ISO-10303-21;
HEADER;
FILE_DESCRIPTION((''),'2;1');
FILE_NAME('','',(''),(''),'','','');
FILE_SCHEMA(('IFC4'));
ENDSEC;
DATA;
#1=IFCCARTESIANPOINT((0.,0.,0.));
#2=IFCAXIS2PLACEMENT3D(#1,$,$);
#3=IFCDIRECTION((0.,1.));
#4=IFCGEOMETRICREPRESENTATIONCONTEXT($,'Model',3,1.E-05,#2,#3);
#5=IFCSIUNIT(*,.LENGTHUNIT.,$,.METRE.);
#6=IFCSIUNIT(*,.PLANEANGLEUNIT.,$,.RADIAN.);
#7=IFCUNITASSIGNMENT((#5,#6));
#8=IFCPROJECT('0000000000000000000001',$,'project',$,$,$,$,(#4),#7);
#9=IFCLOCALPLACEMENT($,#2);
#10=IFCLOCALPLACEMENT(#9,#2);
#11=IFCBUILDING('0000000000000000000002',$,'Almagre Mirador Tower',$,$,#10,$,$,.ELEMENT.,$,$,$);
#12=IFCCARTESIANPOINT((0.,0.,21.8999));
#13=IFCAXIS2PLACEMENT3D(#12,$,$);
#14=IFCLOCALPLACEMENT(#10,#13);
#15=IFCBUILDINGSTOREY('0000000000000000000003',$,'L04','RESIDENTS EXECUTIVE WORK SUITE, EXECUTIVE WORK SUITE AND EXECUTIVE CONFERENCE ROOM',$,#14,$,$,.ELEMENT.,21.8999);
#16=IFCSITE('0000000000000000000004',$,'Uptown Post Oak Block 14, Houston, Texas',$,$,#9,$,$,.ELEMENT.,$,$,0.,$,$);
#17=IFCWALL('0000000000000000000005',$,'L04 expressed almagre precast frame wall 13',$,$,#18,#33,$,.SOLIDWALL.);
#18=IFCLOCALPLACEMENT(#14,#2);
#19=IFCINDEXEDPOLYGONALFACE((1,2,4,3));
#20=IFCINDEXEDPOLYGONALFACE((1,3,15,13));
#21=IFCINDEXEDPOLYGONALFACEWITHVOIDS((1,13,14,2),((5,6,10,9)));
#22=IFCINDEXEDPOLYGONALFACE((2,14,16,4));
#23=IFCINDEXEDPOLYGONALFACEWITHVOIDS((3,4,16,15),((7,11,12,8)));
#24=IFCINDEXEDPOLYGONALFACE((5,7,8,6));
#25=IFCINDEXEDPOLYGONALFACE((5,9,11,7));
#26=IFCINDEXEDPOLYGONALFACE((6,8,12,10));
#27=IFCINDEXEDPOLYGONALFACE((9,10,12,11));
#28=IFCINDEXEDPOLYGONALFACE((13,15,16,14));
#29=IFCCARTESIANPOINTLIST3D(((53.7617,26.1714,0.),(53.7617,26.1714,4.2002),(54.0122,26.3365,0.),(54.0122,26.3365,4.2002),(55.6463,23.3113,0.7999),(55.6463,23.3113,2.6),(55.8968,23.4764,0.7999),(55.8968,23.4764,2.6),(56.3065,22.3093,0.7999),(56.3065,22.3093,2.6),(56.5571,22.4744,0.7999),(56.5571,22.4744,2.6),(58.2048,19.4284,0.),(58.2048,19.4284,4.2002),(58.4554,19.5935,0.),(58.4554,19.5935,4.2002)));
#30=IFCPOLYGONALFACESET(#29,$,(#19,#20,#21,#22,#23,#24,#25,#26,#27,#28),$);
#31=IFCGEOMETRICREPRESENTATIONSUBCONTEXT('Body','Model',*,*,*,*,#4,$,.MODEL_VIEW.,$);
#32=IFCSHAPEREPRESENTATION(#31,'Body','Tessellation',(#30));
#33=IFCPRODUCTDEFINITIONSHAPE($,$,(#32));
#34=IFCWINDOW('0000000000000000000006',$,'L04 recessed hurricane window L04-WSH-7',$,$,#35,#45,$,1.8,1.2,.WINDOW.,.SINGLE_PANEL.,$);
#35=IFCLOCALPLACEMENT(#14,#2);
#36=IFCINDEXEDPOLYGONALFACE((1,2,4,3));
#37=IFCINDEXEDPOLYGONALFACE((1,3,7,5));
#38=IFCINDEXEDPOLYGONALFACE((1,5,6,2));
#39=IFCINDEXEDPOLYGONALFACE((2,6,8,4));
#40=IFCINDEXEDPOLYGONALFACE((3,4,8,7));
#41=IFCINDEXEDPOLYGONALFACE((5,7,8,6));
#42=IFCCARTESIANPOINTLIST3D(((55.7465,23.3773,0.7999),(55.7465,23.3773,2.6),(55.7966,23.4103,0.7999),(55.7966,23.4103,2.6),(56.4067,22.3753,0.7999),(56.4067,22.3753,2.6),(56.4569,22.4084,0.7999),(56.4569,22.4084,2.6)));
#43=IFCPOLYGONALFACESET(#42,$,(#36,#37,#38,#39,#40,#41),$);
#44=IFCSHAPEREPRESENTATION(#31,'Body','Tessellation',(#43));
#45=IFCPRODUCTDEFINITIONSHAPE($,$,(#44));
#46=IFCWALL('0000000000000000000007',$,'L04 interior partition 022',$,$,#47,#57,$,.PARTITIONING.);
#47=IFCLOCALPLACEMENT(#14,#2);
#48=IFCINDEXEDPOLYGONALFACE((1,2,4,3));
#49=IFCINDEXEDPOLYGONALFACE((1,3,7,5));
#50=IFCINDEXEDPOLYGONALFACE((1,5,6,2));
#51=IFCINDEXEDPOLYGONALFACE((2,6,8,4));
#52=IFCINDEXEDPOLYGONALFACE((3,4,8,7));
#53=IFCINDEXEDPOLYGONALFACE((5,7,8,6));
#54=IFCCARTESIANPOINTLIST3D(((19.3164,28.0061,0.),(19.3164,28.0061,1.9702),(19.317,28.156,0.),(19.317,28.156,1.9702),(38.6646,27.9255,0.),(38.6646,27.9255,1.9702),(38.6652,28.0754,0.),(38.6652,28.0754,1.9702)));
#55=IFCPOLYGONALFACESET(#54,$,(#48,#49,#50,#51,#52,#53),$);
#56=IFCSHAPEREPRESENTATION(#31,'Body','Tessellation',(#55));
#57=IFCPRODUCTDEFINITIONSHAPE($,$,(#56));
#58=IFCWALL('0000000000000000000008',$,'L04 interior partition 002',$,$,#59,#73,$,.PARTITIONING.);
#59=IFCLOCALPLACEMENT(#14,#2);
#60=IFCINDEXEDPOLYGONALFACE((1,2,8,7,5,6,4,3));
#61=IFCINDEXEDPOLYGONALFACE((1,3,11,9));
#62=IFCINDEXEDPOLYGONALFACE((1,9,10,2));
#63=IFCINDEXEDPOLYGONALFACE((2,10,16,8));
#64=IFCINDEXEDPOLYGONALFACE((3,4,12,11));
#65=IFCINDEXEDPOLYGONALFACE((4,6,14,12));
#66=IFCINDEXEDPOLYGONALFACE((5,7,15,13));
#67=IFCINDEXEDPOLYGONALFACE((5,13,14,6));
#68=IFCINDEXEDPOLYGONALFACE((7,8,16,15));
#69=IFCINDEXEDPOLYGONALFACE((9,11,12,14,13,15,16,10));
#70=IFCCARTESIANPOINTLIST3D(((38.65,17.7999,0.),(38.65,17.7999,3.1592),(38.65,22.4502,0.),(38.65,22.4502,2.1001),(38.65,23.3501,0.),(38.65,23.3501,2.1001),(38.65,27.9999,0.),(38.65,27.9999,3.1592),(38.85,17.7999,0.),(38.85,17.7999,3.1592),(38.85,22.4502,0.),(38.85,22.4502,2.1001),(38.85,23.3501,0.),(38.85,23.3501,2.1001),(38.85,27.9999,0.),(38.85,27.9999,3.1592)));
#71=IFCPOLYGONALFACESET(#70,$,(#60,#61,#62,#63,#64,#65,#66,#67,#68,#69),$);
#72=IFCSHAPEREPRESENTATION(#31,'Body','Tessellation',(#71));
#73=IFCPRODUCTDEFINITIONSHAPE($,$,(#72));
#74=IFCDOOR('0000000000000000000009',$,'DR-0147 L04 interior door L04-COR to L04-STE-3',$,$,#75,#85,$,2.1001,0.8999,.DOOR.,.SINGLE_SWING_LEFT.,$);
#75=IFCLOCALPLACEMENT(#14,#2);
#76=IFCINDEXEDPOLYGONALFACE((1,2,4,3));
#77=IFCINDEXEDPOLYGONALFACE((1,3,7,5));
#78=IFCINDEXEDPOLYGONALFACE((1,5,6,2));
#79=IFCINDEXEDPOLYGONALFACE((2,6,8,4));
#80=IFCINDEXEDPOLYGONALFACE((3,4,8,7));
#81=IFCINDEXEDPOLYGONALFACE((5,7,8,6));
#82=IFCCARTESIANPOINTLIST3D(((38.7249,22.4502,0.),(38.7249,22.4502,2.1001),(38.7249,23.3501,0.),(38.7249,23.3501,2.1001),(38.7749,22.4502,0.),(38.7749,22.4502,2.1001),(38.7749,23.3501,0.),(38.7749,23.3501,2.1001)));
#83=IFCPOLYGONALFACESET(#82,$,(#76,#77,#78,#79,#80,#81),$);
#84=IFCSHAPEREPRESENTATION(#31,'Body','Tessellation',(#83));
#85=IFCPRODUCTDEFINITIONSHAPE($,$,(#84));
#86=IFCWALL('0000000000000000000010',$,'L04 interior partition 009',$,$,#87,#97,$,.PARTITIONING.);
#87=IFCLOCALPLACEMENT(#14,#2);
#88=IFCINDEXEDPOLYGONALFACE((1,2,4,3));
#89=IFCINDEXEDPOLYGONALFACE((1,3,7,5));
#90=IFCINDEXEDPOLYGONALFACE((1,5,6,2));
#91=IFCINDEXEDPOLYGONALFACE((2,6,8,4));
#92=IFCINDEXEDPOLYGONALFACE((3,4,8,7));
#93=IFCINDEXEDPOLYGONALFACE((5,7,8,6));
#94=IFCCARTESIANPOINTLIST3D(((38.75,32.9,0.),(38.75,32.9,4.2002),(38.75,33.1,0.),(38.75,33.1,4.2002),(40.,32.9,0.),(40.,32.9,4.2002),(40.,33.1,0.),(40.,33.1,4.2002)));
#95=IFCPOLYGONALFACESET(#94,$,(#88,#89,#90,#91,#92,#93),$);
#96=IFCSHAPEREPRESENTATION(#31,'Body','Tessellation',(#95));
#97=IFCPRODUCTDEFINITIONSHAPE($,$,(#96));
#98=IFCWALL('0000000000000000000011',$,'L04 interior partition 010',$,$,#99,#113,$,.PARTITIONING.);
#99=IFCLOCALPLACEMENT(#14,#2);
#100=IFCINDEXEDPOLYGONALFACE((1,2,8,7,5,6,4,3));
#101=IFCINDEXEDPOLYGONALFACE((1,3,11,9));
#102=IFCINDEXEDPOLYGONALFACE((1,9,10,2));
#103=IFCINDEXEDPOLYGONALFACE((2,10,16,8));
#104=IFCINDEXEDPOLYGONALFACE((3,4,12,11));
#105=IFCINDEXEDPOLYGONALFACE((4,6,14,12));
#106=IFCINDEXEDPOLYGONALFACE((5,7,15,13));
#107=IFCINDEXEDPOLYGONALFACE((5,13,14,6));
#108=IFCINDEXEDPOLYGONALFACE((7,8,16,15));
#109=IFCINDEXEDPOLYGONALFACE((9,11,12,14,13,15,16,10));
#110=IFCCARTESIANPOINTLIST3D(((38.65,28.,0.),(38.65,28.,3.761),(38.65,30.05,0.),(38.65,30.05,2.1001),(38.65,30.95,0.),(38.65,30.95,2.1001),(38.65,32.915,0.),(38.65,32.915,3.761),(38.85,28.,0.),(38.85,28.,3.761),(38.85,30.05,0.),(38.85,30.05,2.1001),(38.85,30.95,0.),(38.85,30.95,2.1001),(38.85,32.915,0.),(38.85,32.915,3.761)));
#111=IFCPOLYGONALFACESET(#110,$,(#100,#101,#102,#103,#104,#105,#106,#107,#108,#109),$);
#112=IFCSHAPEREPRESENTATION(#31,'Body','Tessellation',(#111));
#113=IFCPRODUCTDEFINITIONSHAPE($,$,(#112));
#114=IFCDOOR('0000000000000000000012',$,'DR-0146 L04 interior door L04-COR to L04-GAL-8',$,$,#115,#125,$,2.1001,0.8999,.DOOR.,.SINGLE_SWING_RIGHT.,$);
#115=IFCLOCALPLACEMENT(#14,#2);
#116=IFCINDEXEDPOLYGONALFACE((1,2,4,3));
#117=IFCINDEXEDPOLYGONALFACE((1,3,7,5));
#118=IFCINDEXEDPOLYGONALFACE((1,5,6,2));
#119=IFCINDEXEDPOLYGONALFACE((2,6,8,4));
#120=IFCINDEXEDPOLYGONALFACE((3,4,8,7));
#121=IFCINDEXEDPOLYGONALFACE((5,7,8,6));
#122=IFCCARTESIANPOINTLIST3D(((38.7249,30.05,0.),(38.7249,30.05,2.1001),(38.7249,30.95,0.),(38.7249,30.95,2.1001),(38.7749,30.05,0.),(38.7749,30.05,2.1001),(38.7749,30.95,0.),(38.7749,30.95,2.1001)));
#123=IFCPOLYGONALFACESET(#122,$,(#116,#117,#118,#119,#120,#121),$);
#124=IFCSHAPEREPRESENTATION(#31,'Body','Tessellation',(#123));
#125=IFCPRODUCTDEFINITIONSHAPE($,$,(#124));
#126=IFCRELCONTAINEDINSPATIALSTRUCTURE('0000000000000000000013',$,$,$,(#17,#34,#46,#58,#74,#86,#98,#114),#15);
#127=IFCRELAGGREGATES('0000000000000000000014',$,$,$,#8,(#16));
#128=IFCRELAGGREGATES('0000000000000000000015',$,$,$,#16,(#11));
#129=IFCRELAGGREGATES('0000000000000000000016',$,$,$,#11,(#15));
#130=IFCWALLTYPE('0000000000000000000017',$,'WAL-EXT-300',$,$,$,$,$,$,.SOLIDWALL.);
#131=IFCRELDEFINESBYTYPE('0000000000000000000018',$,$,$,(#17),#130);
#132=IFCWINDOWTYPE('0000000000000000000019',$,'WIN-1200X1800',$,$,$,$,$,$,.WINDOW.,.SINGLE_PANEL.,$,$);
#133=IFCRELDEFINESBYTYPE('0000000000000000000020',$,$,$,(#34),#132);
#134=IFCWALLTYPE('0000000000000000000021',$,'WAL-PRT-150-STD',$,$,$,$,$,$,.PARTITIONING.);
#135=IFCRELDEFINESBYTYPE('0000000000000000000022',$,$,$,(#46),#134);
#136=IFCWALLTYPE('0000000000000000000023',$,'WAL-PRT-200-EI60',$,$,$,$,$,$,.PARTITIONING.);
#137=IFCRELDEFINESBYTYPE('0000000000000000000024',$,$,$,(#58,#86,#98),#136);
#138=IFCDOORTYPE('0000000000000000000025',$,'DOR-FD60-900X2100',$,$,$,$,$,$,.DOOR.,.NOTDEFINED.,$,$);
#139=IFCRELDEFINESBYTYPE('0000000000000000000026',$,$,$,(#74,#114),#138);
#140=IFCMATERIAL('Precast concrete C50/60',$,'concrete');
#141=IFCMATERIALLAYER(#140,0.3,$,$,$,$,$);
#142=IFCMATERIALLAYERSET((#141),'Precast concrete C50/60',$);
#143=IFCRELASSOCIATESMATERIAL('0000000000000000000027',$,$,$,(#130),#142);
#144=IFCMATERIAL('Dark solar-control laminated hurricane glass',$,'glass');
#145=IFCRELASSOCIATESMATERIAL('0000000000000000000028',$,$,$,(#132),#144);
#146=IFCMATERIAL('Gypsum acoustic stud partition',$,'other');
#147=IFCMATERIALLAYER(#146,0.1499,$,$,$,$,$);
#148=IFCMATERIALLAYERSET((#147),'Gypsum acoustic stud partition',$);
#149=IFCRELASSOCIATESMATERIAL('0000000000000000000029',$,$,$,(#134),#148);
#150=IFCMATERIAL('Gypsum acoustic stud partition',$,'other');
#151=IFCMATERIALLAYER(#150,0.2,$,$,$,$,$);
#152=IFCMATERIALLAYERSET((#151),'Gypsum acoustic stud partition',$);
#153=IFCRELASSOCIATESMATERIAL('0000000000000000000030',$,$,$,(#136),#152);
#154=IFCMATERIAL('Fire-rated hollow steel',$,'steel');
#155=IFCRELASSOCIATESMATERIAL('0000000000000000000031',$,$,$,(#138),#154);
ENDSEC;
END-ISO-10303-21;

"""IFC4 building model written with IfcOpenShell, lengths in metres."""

from ifc_helpers import new_model, si_unit, direction, frame, frame_2d, origin, place, context, subcontext, project, spatial, rectangle, extrude, material, layer, layer_set, type_object, element, fill, save


model = new_model("IFC4")

# Units and contexts
model_context = context("Model", 3, precision=1e-05, world=origin(), true_north=direction((0.0, 1.0)))
body_context = subcontext(model_context, "Body", "Model", "MODEL_VIEW")
ifc_project = project(units=[si_unit("LENGTHUNIT", "METRE"), si_unit("PLANEANGLEUNIT", "RADIAN")], contexts=[model_context])

# Site, building, storey
site_placement = place(None, origin())
site = spatial("IfcSite", under=ifc_project, at=site_placement, Name="Uptown Post Oak Block 14, Houston, Texas", CompositionType="ELEMENT", RefElevation=0.0)
building_placement = place(site_placement, origin())
building = spatial("IfcBuilding", under=site, at=building_placement, Name="Almagre Mirador Tower", CompositionType="ELEMENT")
storey_placement = place(building_placement, frame((0.0, 0.0, 21.8999)))
storey = spatial("IfcBuildingStorey", under=building, at=storey_placement, Name="L04", Description="RESIDENTS EXECUTIVE WORK SUITE, EXECUTIVE WORK SUITE AND EXECUTIVE CONFERENCE ROOM", CompositionType="ELEMENT", Elevation=21.8999)

# Wall, opening, window
ifc_material_1 = material(Name="Precast concrete C50/60", Category="concrete")
ifc_layer_1 = layer(ifc_material_1, 0.3)
ifc_layer_set_1 = layer_set([ifc_layer_1], Name="Precast concrete C50/60")
wall_type_1 = type_object("IfcWallType", Name="WAL-EXT-300", PredefinedType="SOLIDWALL", material=ifc_layer_set_1)
ifc_material_2 = material(Name="Dark solar-control laminated hurricane glass", Category="glass")
window_type_1 = type_object("IfcWindowType", Name="WIN-1200X1800", PartitioningType="SINGLE_PANEL", PredefinedType="WINDOW", material=ifc_material_2)
wall_1_placement = place(storey_placement, frame((53.887, 26.2539, 0.0), z_axis=(0.0, 0.0, 1.0), x_axis=(0.55022, -0.83502, 0.0)))
wall_1 = element("IfcWall", 1, at=wall_1_placement, inside=storey, type_object=wall_type_1, Name="L04 expressed almagre precast frame wall 13", PredefinedType="SOLIDWALL", context=body_context, shape_type="SweptSolid", body=[
    extrude(rectangle(XDim=8.0752, YDim=0.3, at=frame_2d((4.0376, 0.0))), origin(), (0.0, 0.0, 1.0), 4.2002),
])
opening_1_placement = place(wall_1_placement, frame((3.425, 0.0, 0.8)))
opening_1 = element("IfcOpeningElement", 2, at=opening_1_placement, cuts=wall_1, PredefinedType="OPENING", context=body_context, shape_type="SweptSolid", body=[
    extrude(rectangle(XDim=1.2, YDim=1.8, at=frame_2d((0.6001, 0.8999))), frame((0.0, 0.1599, 0.0), z_axis=(0.0, -1.0, 0.0), x_axis=(1.0, 0.0, 0.0)), (0.0, 0.0, 1.0), 0.32),
])
window_1_placement = place(opening_1_placement, origin())
window_1 = element("IfcWindow", 3, at=window_1_placement, inside=storey, type_object=window_type_1, Name="L04 recessed hurricane window L04-WSH-7", OverallHeight=1.8, OverallWidth=1.2, PartitioningType="SINGLE_PANEL", PredefinedType="WINDOW", context=body_context, shape_type="SweptSolid", body=[
    extrude(rectangle(XDim=1.2, YDim=1.8, at=frame_2d((0.6001, 0.8999))), frame((0.0, 0.03, 0.0), z_axis=(0.0, -1.0, 0.0), x_axis=(1.0, 0.0, 0.0)), (0.0, 0.0, 1.0), 0.0601),
])
fill(opening_1, window_1)

# Wall
ifc_material_3 = material(Name="Gypsum acoustic stud partition", Category="other")
ifc_layer_2 = layer(ifc_material_3, 0.1499)
ifc_layer_set_2 = layer_set([ifc_layer_2], Name="Gypsum acoustic stud partition")
wall_type_2 = type_object("IfcWallType", Name="WAL-PRT-150-STD", PredefinedType="PARTITIONING", material=ifc_layer_set_2)
wall_2_placement = place(storey_placement, frame((38.665, 28.0005, 0.0), z_axis=(0.0, 0.0, 1.0), x_axis=(-0.999991, 0.004164, 0.0)))
element("IfcWall", 4, at=wall_2_placement, inside=storey, type_object=wall_type_2, Name="L04 interior partition 022", PredefinedType="PARTITIONING", context=body_context, shape_type="SweptSolid", body=[
    extrude(rectangle(XDim=19.3484, YDim=0.1499, at=frame_2d((9.6743, 0.0))), origin(), (0.0, 0.0, 1.0), 1.9702),
])

# Wall, opening, door
ifc_material_4 = material(Name="Gypsum acoustic stud partition", Category="other")
ifc_layer_3 = layer(ifc_material_4, 0.2)
ifc_layer_set_3 = layer_set([ifc_layer_3], Name="Gypsum acoustic stud partition")
wall_type_3 = type_object("IfcWallType", Name="WAL-PRT-200-EI60", PredefinedType="PARTITIONING", material=ifc_layer_set_3)
wall_3_placement = place(storey_placement, frame((38.75, 28.0, 0.0), z_axis=(0.0, 0.0, 1.0), x_axis=(0.0, -1.0, 0.0)))
wall_3 = element("IfcWall", 5, at=wall_3_placement, inside=storey, type_object=wall_type_3, Name="L04 interior partition 002", PredefinedType="PARTITIONING", context=body_context, shape_type="SweptSolid", body=[
    extrude(rectangle(XDim=10.2, YDim=0.2, at=frame_2d((5.1001, 0.0))), origin(), (0.0, 0.0, 1.0), 3.1592),
])
opening_2_placement = place(wall_3_placement, frame((4.6499, 0.0, 0.0)))
opening_2 = element("IfcOpeningElement", 6, at=opening_2_placement, cuts=wall_3, PredefinedType="OPENING", context=body_context, shape_type="SweptSolid", body=[
    extrude(rectangle(XDim=0.8999, YDim=2.1001, at=frame_2d((0.45, 1.05))), frame((0.0, 0.1101, 0.0), z_axis=(0.0, -1.0, 0.0), x_axis=(1.0, 0.0, 0.0)), (0.0, 0.0, 1.0), 0.22),
])
ifc_material_5 = material(Name="Fire-rated hollow steel", Category="steel")
door_type = type_object("IfcDoorType", Name="DOR-FD60-900X2100", OperationType="NOTDEFINED", PredefinedType="DOOR", material=ifc_material_5)
door_1_placement = place(opening_2_placement, origin())
door_1 = element("IfcDoor", 7, at=door_1_placement, inside=storey, type_object=door_type, Name="DR-0147 L04 interior door L04-COR to L04-STE-3", OperationType="SINGLE_SWING_LEFT", OverallHeight=2.1001, OverallWidth=0.8999, PredefinedType="DOOR", context=body_context, shape_type="SweptSolid", body=[
    extrude(rectangle(XDim=0.8999, YDim=2.1001, at=frame_2d((0.45, 1.05))), frame((0.0, 0.0249, 0.0), z_axis=(0.0, -1.0, 0.0), x_axis=(1.0, 0.0, 0.0)), (0.0, 0.0, 1.0), 0.05),
])
fill(opening_2, door_1)

# Wall
wall_4_placement = place(storey_placement, frame((40.0, 33.0, 0.0), z_axis=(0.0, 0.0, 1.0), x_axis=(-1.0, 0.0, 0.0)))
element("IfcWall", 8, at=wall_4_placement, inside=storey, type_object=wall_type_3, Name="L04 interior partition 009", PredefinedType="PARTITIONING", context=body_context, shape_type="SweptSolid", body=[
    extrude(rectangle(XDim=1.25, YDim=0.2, at=frame_2d((0.625, 0.0))), origin(), (0.0, 0.0, 1.0), 4.2002),
])

# Wall, opening, door
wall_5_placement = place(storey_placement, frame((38.75, 32.915, 0.0), z_axis=(0.0, 0.0, 1.0), x_axis=(0.0, -1.0, 0.0)))
wall_5 = element("IfcWall", 9, at=wall_5_placement, inside=storey, type_object=wall_type_3, Name="L04 interior partition 010", PredefinedType="PARTITIONING", context=body_context, shape_type="SweptSolid", body=[
    extrude(rectangle(XDim=4.915, YDim=0.2, at=frame_2d((2.4575, 0.0))), origin(), (0.0, 0.0, 1.0), 3.761),
])
opening_3_placement = place(wall_5_placement, frame((1.9651, 0.0, 0.0)))
opening_3 = element("IfcOpeningElement", 10, at=opening_3_placement, cuts=wall_5, PredefinedType="OPENING", context=body_context, shape_type="SweptSolid", body=[
    extrude(rectangle(XDim=0.8999, YDim=2.1001, at=frame_2d((0.45, 1.05))), frame((0.0, 0.1101, 0.0), z_axis=(0.0, -1.0, 0.0), x_axis=(1.0, 0.0, 0.0)), (0.0, 0.0, 1.0), 0.22),
])
door_2_placement = place(opening_3_placement, origin())
door_2 = element("IfcDoor", 11, at=door_2_placement, inside=storey, type_object=door_type, Name="DR-0146 L04 interior door L04-COR to L04-GAL-8", OperationType="SINGLE_SWING_RIGHT", OverallHeight=2.1001, OverallWidth=0.8999, PredefinedType="DOOR", context=body_context, shape_type="SweptSolid", body=[
    extrude(rectangle(XDim=0.8999, YDim=2.1001, at=frame_2d((0.45, 1.05))), frame((0.0, 0.0249, 0.0), z_axis=(0.0, -1.0, 0.0), x_axis=(1.0, 0.0, 0.0)), (0.0, 0.0, 1.0), 0.05),
])
fill(opening_3, door_2)

save(model, "model.ifc")
